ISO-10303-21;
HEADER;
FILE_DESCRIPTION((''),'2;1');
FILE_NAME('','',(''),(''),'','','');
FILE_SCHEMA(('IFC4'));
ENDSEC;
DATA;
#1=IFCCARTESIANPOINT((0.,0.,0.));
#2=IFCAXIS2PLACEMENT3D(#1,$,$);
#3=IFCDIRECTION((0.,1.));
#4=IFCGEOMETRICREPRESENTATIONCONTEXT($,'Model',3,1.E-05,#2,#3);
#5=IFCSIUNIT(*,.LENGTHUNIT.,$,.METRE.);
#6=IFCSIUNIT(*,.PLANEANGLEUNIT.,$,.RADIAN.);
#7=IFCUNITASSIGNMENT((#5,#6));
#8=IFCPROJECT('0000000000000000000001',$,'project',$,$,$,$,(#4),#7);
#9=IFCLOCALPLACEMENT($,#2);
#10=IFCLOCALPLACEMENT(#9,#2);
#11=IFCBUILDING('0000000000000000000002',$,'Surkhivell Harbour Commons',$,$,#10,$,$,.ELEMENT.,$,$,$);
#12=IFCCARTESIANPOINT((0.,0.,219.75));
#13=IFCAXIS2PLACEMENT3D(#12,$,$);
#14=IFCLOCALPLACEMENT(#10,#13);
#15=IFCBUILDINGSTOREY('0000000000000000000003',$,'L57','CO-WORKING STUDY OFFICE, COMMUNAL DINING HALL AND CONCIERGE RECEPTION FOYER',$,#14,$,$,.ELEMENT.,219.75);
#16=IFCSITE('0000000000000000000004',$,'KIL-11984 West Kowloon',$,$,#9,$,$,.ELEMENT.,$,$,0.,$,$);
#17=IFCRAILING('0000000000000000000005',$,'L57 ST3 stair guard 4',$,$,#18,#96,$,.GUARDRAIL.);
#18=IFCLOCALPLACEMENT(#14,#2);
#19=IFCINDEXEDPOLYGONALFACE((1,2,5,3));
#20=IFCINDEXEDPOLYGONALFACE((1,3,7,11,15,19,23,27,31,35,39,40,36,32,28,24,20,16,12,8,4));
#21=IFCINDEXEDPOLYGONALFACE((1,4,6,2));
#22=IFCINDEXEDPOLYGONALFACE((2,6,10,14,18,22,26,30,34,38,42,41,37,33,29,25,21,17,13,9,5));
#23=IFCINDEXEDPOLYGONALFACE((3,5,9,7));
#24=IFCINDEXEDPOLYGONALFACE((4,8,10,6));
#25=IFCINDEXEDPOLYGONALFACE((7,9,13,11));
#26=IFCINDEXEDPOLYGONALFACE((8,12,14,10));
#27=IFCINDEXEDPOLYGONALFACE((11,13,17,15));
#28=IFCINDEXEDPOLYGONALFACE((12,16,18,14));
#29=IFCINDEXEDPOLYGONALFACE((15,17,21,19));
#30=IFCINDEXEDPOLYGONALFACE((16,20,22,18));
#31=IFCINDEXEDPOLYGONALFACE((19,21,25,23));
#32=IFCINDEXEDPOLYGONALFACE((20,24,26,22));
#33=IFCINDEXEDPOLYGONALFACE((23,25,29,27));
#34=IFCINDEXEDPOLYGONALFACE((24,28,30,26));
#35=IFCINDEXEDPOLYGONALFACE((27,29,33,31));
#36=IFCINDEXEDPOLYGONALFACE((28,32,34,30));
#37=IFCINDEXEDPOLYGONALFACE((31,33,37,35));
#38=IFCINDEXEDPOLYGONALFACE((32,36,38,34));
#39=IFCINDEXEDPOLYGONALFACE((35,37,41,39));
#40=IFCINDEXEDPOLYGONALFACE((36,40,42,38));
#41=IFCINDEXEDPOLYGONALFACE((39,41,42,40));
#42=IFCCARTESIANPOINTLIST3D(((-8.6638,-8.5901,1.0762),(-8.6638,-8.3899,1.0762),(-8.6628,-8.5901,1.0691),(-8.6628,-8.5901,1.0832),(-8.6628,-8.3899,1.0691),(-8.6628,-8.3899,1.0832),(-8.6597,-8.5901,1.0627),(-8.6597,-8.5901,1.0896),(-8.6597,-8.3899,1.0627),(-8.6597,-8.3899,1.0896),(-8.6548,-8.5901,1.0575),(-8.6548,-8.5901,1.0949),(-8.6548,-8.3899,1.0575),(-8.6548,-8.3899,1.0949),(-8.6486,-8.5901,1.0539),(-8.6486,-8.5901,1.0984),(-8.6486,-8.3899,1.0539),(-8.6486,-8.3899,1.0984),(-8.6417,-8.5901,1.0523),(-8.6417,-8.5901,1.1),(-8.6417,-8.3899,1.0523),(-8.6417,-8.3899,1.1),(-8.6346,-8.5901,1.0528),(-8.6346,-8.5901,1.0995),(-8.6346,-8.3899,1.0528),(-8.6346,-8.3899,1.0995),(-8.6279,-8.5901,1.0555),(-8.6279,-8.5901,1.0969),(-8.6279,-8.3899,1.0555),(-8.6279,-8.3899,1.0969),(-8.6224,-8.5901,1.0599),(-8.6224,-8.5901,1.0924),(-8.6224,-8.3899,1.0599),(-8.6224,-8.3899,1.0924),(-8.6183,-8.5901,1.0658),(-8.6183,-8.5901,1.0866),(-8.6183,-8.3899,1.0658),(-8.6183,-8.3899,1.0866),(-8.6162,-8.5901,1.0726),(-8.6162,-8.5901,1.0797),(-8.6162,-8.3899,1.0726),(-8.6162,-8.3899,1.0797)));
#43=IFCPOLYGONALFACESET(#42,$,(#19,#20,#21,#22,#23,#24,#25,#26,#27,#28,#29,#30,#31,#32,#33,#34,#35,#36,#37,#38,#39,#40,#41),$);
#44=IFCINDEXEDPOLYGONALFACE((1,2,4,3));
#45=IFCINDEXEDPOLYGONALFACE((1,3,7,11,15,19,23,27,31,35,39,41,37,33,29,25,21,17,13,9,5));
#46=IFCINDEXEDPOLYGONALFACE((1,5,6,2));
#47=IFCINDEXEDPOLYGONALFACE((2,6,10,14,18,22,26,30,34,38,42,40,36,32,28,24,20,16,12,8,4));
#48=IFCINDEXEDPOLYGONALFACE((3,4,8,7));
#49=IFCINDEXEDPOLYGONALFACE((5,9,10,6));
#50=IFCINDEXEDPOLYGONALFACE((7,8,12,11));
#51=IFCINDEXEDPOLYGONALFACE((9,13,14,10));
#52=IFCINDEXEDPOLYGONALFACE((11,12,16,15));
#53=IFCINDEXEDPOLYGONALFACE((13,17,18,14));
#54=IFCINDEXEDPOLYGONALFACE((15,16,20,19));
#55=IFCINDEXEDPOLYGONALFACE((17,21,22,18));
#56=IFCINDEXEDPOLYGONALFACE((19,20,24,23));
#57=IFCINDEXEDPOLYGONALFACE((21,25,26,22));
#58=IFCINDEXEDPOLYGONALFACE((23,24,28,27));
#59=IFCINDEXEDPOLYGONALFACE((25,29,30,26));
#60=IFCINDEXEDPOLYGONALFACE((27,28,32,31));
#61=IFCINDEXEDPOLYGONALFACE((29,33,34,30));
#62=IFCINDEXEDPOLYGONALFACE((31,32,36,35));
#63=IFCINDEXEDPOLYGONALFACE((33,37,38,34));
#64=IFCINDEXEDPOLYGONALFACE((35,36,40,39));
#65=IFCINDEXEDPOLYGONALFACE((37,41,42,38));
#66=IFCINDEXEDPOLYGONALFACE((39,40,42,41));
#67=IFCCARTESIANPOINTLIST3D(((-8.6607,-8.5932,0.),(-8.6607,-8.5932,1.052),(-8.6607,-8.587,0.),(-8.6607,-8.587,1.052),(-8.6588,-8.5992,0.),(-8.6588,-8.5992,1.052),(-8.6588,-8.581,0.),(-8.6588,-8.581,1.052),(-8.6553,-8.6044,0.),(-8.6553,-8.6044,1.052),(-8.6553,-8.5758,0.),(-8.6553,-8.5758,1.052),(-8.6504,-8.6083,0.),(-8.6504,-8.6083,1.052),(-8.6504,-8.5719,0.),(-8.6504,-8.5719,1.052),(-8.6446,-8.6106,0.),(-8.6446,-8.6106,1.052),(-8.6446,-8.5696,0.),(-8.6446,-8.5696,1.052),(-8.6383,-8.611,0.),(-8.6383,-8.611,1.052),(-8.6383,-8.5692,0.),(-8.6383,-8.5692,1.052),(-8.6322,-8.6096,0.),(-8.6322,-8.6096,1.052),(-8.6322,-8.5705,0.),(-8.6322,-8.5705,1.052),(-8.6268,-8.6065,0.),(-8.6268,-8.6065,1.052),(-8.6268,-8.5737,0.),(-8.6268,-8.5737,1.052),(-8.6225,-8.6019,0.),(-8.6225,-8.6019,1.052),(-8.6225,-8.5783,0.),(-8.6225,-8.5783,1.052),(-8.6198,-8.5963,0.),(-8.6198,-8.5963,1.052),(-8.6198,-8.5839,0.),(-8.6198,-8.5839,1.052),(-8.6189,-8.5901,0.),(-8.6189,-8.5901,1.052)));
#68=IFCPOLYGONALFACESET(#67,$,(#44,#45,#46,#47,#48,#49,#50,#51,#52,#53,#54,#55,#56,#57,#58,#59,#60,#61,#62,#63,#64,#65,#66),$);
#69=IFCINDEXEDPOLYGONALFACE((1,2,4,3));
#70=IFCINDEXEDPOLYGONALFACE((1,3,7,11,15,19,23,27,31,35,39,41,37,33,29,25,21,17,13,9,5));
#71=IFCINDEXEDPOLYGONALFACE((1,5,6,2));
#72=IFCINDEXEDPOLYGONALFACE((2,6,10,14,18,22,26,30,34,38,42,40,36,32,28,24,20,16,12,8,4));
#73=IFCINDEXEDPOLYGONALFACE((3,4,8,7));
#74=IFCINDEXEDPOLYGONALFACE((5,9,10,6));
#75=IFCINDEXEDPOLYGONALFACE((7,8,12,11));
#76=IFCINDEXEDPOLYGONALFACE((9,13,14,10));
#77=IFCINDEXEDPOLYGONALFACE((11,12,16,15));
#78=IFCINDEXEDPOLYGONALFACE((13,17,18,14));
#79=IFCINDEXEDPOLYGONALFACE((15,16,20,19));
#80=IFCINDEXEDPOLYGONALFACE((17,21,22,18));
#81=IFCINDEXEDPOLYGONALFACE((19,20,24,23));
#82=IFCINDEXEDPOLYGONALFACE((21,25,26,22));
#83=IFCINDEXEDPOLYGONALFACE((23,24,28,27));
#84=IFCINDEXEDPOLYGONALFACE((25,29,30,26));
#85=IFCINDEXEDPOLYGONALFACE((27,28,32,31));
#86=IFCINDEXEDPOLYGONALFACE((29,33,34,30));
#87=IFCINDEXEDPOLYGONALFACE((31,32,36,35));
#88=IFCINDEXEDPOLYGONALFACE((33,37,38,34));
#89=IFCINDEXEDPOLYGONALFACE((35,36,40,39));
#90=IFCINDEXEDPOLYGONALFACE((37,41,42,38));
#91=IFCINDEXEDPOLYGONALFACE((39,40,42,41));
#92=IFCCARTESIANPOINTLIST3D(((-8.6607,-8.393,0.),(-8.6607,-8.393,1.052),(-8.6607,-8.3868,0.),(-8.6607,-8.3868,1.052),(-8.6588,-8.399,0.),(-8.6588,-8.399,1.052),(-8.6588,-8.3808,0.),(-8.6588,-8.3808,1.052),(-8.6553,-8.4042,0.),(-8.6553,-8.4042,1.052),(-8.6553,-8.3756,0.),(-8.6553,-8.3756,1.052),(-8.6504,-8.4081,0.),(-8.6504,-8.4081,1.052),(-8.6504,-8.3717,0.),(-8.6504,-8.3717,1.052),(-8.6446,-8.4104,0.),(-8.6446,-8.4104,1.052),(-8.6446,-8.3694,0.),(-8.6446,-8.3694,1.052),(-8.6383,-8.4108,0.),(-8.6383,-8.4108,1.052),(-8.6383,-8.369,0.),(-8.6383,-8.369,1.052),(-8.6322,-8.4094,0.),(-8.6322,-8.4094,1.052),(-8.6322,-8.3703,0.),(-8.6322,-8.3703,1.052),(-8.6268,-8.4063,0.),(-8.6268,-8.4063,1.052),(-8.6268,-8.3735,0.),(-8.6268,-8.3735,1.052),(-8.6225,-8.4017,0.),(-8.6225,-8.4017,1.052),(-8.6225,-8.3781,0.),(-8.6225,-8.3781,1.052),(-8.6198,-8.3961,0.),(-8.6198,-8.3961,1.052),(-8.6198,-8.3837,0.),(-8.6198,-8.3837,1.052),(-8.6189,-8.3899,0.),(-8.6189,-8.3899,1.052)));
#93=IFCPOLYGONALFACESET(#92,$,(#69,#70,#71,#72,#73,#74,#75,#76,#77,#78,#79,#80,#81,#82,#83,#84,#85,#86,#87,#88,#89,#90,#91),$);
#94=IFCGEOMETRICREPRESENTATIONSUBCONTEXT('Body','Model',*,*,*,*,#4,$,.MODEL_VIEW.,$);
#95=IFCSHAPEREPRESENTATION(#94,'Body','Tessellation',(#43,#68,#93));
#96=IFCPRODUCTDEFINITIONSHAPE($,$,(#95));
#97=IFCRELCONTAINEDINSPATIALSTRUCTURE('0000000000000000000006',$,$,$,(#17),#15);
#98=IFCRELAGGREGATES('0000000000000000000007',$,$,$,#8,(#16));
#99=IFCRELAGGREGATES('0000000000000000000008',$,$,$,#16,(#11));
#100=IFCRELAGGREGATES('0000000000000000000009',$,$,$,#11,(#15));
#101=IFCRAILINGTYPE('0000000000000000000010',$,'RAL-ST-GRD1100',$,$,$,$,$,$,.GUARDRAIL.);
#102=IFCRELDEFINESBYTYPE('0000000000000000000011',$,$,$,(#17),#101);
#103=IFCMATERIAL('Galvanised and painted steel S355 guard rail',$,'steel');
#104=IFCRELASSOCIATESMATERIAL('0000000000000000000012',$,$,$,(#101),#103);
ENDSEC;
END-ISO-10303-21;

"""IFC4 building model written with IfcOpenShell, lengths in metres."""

from ifc_helpers import new_model, si_unit, direction, frame, origin, origin_2d, place, context, subcontext, project, spatial, circle, extrude, material, type_object, element, save


model = new_model("IFC4")

# Units and contexts
model_context = context("Model", 3, precision=1e-05, world=origin(), true_north=direction((0.0, 1.0)))
body_context = subcontext(model_context, "Body", "Model", "MODEL_VIEW")
ifc_project = project(units=[si_unit("LENGTHUNIT", "METRE"), si_unit("PLANEANGLEUNIT", "RADIAN")], contexts=[model_context])

# Site, building, storey
site_placement = place(None, origin())
site = spatial("IfcSite", under=ifc_project, at=site_placement, Name="KIL-11984 West Kowloon", CompositionType="ELEMENT", RefElevation=0.0)
building_placement = place(site_placement, origin())
building = spatial("IfcBuilding", under=site, at=building_placement, Name="Surkhivell Harbour Commons", CompositionType="ELEMENT")
storey_placement = place(building_placement, frame((0.0, 0.0, 219.75)))
storey = spatial("IfcBuildingStorey", under=building, at=storey_placement, Name="L57", Description="CO-WORKING STUDY OFFICE, COMMUNAL DINING HALL AND CONCIERGE RECEPTION FOYER", CompositionType="ELEMENT", Elevation=219.75)

# Railing
ifc_material_1 = material(Name="Galvanised and painted steel S355 guard rail", Category="steel")
railing_type_1 = type_object("IfcRailingType", Name="RAL-ST-GRD1100", PredefinedType="GUARDRAIL", material=ifc_material_1)
railing_1_placement = place(storey_placement, frame((-8.6399, -8.5901, 0.0)))
element("IfcRailing", 1, at=railing_1_placement, inside=storey, type_object=railing_type_1, Name="L57 ST3 stair guard 4", PredefinedType="GUARDRAIL", context=body_context, shape_type="SweptSolid", body=[
    extrude(circle(Radius=0.0239, at=origin_2d()), frame((0.0, 0.0, 1.0762), z_axis=(0.0, 1.0, 0.0), x_axis=(-1.0, 0.0, 0.0)), (0.0, 0.0, 1.0), 0.2002),
    extrude(circle(Radius=0.021, at=origin_2d()), origin(), (0.0, 0.0, 1.0), 1.052),
    extrude(circle(Radius=0.021, at=origin_2d()), frame((0.0, 0.2002, 0.0)), (0.0, 0.0, 1.0), 1.052),
])

save(model, "model.ifc")
